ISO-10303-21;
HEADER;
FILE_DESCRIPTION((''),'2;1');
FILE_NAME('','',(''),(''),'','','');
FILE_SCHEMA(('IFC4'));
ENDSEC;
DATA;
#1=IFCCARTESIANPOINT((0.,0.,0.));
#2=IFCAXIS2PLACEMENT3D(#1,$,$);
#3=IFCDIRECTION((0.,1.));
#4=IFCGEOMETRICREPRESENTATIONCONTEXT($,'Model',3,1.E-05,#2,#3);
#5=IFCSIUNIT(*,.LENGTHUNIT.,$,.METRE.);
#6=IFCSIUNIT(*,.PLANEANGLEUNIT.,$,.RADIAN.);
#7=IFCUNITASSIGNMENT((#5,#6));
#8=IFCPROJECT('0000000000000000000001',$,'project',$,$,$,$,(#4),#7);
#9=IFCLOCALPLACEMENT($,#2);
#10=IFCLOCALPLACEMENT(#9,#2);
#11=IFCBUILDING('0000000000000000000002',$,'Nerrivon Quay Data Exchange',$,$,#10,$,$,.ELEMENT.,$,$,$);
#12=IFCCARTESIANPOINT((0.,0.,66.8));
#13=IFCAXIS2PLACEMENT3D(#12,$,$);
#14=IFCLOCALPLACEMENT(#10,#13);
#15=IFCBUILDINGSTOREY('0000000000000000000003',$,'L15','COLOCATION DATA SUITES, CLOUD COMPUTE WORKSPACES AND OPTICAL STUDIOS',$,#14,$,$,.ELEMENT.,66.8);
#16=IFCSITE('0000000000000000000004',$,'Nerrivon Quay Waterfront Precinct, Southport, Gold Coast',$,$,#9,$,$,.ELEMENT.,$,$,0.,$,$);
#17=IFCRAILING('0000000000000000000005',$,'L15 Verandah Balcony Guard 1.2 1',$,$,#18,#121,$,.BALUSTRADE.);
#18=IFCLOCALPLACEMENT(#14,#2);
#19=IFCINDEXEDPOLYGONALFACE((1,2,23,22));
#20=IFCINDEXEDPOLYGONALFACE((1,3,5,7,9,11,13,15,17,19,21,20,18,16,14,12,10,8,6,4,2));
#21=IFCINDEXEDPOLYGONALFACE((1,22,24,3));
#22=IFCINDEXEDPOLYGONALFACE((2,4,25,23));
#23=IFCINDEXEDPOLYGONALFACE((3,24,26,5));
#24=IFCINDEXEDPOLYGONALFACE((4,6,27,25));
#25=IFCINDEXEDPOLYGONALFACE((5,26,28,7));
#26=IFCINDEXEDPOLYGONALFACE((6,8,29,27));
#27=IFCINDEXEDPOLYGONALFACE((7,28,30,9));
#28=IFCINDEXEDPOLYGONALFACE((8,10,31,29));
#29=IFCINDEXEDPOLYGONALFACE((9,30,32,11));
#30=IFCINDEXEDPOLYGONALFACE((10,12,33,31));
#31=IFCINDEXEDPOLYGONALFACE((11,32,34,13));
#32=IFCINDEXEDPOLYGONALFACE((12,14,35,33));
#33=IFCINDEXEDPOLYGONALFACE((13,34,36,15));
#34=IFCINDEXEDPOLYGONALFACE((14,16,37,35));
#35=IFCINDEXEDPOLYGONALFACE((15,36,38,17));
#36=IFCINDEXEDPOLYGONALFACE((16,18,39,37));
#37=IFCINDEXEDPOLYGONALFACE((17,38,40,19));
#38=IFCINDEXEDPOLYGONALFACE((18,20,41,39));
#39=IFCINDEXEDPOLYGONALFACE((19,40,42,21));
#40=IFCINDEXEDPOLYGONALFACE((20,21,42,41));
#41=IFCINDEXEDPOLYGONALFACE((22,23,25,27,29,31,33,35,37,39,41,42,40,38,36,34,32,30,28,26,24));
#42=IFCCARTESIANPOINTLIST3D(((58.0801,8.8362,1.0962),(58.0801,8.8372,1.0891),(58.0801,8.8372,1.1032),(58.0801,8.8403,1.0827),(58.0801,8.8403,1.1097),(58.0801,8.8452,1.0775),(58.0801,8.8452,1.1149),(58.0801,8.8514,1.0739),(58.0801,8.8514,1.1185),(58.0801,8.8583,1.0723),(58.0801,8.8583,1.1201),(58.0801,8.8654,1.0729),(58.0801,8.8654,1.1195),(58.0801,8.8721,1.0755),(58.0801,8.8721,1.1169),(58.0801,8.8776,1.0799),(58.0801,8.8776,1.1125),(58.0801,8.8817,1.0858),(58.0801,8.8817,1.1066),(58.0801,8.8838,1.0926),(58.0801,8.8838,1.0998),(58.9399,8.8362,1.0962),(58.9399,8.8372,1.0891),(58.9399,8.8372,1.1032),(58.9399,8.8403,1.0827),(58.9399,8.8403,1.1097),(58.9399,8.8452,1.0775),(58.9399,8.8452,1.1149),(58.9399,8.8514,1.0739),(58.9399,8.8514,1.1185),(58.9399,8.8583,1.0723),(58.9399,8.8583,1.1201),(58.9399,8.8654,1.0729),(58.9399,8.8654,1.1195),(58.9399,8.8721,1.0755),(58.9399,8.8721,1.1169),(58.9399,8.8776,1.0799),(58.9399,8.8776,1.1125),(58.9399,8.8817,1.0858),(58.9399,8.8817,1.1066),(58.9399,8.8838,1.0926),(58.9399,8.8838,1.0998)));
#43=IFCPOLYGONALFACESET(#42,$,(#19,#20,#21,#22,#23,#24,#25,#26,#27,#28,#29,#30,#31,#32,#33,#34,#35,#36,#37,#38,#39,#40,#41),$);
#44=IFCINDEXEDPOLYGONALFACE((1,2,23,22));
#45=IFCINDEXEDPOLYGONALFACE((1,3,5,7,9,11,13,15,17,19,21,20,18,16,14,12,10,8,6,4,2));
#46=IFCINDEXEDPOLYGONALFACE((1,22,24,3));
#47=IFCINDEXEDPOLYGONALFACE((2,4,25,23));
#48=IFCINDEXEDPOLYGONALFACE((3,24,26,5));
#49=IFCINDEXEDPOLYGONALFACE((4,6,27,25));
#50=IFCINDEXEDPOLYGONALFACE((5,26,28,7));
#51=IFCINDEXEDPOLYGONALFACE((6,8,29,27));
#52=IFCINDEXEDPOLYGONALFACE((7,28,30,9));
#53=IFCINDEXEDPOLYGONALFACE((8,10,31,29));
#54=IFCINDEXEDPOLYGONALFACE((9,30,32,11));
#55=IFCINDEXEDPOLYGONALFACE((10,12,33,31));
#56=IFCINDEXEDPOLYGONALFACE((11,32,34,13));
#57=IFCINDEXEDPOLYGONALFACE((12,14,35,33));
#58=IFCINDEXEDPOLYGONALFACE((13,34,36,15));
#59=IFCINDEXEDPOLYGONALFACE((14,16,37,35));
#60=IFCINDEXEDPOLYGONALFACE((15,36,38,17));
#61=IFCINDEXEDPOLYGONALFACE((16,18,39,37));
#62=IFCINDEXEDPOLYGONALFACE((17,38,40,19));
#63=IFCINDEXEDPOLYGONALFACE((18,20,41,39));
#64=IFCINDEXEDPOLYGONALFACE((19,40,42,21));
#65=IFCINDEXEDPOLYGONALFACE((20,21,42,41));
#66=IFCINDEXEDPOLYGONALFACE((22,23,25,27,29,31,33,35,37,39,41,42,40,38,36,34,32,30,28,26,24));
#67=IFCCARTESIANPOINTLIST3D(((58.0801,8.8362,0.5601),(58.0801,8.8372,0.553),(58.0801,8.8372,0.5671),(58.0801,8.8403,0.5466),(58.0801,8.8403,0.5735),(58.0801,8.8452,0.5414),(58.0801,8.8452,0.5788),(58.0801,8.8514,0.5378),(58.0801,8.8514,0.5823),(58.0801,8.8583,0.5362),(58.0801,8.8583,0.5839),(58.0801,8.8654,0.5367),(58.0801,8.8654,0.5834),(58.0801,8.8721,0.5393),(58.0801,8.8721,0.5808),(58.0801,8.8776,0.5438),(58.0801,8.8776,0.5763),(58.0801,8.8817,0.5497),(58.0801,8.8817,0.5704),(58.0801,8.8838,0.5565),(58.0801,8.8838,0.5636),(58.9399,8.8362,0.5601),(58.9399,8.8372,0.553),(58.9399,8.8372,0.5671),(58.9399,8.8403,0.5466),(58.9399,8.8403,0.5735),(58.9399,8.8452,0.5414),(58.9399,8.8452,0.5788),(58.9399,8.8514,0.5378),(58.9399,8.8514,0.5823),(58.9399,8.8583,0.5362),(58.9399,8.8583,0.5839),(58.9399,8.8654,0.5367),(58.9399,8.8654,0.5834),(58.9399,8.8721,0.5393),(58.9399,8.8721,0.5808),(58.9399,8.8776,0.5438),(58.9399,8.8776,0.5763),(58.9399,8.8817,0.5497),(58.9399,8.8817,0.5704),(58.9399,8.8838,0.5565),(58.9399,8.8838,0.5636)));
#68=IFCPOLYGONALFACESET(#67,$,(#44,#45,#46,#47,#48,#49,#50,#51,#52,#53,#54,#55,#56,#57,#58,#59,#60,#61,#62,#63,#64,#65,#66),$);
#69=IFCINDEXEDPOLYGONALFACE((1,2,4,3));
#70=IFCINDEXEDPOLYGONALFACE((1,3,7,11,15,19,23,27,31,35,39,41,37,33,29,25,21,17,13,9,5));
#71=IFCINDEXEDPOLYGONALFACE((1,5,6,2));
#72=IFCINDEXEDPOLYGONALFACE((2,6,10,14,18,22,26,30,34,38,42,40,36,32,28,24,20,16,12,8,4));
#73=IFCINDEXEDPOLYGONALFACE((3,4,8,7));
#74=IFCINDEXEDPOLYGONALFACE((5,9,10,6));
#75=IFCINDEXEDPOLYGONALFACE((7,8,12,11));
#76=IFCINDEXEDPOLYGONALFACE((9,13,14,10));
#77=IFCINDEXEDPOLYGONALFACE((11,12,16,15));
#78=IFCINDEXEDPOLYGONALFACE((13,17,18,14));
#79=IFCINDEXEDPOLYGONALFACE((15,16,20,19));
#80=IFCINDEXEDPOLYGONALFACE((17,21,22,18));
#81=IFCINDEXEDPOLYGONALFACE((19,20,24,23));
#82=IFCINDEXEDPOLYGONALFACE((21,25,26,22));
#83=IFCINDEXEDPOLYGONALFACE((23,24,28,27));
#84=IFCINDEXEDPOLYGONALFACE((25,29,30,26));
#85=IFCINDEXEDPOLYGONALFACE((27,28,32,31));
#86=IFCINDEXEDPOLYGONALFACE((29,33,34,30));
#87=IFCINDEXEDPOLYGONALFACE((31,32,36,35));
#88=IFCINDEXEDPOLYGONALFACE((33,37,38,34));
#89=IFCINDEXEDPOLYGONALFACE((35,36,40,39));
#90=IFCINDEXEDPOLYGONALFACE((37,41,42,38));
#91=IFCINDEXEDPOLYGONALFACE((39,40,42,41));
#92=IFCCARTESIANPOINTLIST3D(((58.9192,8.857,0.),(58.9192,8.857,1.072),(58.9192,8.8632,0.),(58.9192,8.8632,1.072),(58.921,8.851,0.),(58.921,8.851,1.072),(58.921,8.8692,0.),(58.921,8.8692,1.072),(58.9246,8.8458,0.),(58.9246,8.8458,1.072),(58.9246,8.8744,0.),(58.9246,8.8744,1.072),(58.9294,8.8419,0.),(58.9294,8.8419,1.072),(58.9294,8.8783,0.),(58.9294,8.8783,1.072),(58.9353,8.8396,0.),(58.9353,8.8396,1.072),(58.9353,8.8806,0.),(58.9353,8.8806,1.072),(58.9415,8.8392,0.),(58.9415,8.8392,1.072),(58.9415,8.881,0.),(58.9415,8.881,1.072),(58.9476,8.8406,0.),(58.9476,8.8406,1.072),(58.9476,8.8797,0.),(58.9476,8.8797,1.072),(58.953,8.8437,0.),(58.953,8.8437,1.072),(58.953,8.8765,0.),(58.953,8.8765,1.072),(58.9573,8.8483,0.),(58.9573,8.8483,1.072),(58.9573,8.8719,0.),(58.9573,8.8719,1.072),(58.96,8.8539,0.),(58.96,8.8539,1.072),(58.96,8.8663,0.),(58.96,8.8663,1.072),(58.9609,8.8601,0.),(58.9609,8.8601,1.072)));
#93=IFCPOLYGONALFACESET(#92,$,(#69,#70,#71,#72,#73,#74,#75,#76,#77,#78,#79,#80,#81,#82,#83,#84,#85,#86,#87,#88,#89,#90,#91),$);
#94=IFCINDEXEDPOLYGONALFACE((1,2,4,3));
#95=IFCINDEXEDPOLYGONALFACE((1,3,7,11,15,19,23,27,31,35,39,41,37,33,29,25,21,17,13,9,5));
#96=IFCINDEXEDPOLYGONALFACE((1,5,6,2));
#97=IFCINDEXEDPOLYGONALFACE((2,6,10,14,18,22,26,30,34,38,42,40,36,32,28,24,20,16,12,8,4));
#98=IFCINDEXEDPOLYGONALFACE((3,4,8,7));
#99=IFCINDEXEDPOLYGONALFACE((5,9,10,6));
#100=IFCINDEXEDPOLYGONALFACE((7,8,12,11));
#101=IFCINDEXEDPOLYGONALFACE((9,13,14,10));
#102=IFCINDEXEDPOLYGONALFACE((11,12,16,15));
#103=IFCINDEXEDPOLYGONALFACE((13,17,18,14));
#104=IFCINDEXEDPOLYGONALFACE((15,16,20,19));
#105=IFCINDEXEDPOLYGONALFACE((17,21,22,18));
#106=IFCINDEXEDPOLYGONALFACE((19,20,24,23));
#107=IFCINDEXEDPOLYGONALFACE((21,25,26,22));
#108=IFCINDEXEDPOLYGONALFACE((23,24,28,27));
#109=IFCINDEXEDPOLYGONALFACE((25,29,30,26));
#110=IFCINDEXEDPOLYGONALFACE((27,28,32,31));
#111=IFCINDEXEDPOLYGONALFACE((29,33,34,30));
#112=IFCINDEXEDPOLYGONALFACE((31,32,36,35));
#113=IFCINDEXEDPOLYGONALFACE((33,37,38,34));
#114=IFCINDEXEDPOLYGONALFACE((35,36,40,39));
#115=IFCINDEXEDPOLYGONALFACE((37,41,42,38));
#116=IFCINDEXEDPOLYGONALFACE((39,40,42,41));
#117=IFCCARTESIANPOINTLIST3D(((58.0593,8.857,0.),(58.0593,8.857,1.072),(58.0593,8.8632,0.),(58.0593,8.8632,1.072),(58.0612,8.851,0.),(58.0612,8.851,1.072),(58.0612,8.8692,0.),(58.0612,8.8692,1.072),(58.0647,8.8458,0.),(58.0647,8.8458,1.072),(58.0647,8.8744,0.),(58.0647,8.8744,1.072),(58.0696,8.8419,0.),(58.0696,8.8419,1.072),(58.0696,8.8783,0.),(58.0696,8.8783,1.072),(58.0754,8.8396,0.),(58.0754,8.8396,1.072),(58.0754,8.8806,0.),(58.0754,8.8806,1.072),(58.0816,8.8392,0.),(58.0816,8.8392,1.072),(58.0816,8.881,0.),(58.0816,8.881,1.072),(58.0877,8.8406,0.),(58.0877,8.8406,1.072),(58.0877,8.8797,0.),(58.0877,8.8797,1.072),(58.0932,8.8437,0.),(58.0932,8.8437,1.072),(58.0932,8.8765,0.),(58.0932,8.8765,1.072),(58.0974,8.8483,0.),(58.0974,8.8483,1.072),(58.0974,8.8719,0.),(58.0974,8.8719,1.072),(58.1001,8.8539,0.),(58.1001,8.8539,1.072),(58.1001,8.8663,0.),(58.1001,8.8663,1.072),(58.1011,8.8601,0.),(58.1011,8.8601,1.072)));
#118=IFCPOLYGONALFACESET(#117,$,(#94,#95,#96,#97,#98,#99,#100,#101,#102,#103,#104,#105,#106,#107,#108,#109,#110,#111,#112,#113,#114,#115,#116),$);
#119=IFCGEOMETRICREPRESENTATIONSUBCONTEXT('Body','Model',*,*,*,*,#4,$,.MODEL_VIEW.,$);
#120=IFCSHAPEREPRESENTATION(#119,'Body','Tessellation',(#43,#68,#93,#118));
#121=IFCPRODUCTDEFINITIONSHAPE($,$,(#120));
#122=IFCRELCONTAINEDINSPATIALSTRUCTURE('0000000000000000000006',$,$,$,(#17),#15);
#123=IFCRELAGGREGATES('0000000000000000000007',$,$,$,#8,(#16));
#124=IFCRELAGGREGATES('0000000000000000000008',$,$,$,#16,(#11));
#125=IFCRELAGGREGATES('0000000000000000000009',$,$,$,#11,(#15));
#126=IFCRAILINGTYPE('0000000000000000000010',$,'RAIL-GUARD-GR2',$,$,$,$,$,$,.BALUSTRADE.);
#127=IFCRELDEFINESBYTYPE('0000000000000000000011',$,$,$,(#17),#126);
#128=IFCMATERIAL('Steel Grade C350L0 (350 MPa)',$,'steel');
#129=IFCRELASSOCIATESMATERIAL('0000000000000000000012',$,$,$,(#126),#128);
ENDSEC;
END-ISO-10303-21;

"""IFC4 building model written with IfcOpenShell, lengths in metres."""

from ifc_helpers import new_model, si_unit, direction, frame, origin, origin_2d, place, context, subcontext, project, spatial, circle, extrude, material, type_object, element, save


model = new_model("IFC4")

# Units and contexts
model_context = context("Model", 3, precision=1e-05, world=origin(), true_north=direction((0.0, 1.0)))
body_context = subcontext(model_context, "Body", "Model", "MODEL_VIEW")
ifc_project = project(units=[si_unit("LENGTHUNIT", "METRE"), si_unit("PLANEANGLEUNIT", "RADIAN")], contexts=[model_context])

# Site, building, storey
site_placement = place(None, origin())
site = spatial("IfcSite", under=ifc_project, at=site_placement, Name="Nerrivon Quay Waterfront Precinct, Southport, Gold Coast", CompositionType="ELEMENT", RefElevation=0.0)
building_placement = place(site_placement, origin())
building = spatial("IfcBuilding", under=site, at=building_placement, Name="Nerrivon Quay Data Exchange", CompositionType="ELEMENT")
storey_placement = place(building_placement, frame((0.0, 0.0, 66.8)))
storey = spatial("IfcBuildingStorey", under=building, at=storey_placement, Name="L15", Description="COLOCATION DATA SUITES, CLOUD COMPUTE WORKSPACES AND OPTICAL STUDIOS", CompositionType="ELEMENT", Elevation=66.8)

# Railing
ifc_material_1 = material(Name="Steel Grade C350L0 (350 MPa)", Category="steel")
railing_type = type_object("IfcRailingType", Name="RAIL-GUARD-GR2", PredefinedType="BALUSTRADE", material=ifc_material_1)
railing_1_placement = place(storey_placement, frame((58.9399, 8.8601, 0.0)))
element("IfcRailing", 1, at=railing_1_placement, inside=storey, type_object=railing_type, Name="L15 Verandah Balcony Guard 1.2 1", PredefinedType="BALUSTRADE", context=body_context, shape_type="SweptSolid", body=[
    extrude(circle(Radius=0.0239, at=origin_2d()), frame((0.0, 0.0, 1.0962), z_axis=(-1.0, 0.0, 0.0), x_axis=(0.0, -1.0, 0.0)), (0.0, 0.0, 1.0), 0.8599),
    extrude(circle(Radius=0.0239, at=origin_2d()), frame((0.0, 0.0, 0.5601), z_axis=(-1.0, 0.0, 0.0), x_axis=(0.0, -1.0, 0.0)), (0.0, 0.0, 1.0), 0.8599),
    extrude(circle(Radius=0.021, at=origin_2d()), origin(), (0.0, 0.0, 1.0), 1.072),
    extrude(circle(Radius=0.021, at=origin_2d()), frame((-0.8599, 0.0, 0.0)), (0.0, 0.0, 1.0), 1.072),
])

save(model, "model.ifc")
